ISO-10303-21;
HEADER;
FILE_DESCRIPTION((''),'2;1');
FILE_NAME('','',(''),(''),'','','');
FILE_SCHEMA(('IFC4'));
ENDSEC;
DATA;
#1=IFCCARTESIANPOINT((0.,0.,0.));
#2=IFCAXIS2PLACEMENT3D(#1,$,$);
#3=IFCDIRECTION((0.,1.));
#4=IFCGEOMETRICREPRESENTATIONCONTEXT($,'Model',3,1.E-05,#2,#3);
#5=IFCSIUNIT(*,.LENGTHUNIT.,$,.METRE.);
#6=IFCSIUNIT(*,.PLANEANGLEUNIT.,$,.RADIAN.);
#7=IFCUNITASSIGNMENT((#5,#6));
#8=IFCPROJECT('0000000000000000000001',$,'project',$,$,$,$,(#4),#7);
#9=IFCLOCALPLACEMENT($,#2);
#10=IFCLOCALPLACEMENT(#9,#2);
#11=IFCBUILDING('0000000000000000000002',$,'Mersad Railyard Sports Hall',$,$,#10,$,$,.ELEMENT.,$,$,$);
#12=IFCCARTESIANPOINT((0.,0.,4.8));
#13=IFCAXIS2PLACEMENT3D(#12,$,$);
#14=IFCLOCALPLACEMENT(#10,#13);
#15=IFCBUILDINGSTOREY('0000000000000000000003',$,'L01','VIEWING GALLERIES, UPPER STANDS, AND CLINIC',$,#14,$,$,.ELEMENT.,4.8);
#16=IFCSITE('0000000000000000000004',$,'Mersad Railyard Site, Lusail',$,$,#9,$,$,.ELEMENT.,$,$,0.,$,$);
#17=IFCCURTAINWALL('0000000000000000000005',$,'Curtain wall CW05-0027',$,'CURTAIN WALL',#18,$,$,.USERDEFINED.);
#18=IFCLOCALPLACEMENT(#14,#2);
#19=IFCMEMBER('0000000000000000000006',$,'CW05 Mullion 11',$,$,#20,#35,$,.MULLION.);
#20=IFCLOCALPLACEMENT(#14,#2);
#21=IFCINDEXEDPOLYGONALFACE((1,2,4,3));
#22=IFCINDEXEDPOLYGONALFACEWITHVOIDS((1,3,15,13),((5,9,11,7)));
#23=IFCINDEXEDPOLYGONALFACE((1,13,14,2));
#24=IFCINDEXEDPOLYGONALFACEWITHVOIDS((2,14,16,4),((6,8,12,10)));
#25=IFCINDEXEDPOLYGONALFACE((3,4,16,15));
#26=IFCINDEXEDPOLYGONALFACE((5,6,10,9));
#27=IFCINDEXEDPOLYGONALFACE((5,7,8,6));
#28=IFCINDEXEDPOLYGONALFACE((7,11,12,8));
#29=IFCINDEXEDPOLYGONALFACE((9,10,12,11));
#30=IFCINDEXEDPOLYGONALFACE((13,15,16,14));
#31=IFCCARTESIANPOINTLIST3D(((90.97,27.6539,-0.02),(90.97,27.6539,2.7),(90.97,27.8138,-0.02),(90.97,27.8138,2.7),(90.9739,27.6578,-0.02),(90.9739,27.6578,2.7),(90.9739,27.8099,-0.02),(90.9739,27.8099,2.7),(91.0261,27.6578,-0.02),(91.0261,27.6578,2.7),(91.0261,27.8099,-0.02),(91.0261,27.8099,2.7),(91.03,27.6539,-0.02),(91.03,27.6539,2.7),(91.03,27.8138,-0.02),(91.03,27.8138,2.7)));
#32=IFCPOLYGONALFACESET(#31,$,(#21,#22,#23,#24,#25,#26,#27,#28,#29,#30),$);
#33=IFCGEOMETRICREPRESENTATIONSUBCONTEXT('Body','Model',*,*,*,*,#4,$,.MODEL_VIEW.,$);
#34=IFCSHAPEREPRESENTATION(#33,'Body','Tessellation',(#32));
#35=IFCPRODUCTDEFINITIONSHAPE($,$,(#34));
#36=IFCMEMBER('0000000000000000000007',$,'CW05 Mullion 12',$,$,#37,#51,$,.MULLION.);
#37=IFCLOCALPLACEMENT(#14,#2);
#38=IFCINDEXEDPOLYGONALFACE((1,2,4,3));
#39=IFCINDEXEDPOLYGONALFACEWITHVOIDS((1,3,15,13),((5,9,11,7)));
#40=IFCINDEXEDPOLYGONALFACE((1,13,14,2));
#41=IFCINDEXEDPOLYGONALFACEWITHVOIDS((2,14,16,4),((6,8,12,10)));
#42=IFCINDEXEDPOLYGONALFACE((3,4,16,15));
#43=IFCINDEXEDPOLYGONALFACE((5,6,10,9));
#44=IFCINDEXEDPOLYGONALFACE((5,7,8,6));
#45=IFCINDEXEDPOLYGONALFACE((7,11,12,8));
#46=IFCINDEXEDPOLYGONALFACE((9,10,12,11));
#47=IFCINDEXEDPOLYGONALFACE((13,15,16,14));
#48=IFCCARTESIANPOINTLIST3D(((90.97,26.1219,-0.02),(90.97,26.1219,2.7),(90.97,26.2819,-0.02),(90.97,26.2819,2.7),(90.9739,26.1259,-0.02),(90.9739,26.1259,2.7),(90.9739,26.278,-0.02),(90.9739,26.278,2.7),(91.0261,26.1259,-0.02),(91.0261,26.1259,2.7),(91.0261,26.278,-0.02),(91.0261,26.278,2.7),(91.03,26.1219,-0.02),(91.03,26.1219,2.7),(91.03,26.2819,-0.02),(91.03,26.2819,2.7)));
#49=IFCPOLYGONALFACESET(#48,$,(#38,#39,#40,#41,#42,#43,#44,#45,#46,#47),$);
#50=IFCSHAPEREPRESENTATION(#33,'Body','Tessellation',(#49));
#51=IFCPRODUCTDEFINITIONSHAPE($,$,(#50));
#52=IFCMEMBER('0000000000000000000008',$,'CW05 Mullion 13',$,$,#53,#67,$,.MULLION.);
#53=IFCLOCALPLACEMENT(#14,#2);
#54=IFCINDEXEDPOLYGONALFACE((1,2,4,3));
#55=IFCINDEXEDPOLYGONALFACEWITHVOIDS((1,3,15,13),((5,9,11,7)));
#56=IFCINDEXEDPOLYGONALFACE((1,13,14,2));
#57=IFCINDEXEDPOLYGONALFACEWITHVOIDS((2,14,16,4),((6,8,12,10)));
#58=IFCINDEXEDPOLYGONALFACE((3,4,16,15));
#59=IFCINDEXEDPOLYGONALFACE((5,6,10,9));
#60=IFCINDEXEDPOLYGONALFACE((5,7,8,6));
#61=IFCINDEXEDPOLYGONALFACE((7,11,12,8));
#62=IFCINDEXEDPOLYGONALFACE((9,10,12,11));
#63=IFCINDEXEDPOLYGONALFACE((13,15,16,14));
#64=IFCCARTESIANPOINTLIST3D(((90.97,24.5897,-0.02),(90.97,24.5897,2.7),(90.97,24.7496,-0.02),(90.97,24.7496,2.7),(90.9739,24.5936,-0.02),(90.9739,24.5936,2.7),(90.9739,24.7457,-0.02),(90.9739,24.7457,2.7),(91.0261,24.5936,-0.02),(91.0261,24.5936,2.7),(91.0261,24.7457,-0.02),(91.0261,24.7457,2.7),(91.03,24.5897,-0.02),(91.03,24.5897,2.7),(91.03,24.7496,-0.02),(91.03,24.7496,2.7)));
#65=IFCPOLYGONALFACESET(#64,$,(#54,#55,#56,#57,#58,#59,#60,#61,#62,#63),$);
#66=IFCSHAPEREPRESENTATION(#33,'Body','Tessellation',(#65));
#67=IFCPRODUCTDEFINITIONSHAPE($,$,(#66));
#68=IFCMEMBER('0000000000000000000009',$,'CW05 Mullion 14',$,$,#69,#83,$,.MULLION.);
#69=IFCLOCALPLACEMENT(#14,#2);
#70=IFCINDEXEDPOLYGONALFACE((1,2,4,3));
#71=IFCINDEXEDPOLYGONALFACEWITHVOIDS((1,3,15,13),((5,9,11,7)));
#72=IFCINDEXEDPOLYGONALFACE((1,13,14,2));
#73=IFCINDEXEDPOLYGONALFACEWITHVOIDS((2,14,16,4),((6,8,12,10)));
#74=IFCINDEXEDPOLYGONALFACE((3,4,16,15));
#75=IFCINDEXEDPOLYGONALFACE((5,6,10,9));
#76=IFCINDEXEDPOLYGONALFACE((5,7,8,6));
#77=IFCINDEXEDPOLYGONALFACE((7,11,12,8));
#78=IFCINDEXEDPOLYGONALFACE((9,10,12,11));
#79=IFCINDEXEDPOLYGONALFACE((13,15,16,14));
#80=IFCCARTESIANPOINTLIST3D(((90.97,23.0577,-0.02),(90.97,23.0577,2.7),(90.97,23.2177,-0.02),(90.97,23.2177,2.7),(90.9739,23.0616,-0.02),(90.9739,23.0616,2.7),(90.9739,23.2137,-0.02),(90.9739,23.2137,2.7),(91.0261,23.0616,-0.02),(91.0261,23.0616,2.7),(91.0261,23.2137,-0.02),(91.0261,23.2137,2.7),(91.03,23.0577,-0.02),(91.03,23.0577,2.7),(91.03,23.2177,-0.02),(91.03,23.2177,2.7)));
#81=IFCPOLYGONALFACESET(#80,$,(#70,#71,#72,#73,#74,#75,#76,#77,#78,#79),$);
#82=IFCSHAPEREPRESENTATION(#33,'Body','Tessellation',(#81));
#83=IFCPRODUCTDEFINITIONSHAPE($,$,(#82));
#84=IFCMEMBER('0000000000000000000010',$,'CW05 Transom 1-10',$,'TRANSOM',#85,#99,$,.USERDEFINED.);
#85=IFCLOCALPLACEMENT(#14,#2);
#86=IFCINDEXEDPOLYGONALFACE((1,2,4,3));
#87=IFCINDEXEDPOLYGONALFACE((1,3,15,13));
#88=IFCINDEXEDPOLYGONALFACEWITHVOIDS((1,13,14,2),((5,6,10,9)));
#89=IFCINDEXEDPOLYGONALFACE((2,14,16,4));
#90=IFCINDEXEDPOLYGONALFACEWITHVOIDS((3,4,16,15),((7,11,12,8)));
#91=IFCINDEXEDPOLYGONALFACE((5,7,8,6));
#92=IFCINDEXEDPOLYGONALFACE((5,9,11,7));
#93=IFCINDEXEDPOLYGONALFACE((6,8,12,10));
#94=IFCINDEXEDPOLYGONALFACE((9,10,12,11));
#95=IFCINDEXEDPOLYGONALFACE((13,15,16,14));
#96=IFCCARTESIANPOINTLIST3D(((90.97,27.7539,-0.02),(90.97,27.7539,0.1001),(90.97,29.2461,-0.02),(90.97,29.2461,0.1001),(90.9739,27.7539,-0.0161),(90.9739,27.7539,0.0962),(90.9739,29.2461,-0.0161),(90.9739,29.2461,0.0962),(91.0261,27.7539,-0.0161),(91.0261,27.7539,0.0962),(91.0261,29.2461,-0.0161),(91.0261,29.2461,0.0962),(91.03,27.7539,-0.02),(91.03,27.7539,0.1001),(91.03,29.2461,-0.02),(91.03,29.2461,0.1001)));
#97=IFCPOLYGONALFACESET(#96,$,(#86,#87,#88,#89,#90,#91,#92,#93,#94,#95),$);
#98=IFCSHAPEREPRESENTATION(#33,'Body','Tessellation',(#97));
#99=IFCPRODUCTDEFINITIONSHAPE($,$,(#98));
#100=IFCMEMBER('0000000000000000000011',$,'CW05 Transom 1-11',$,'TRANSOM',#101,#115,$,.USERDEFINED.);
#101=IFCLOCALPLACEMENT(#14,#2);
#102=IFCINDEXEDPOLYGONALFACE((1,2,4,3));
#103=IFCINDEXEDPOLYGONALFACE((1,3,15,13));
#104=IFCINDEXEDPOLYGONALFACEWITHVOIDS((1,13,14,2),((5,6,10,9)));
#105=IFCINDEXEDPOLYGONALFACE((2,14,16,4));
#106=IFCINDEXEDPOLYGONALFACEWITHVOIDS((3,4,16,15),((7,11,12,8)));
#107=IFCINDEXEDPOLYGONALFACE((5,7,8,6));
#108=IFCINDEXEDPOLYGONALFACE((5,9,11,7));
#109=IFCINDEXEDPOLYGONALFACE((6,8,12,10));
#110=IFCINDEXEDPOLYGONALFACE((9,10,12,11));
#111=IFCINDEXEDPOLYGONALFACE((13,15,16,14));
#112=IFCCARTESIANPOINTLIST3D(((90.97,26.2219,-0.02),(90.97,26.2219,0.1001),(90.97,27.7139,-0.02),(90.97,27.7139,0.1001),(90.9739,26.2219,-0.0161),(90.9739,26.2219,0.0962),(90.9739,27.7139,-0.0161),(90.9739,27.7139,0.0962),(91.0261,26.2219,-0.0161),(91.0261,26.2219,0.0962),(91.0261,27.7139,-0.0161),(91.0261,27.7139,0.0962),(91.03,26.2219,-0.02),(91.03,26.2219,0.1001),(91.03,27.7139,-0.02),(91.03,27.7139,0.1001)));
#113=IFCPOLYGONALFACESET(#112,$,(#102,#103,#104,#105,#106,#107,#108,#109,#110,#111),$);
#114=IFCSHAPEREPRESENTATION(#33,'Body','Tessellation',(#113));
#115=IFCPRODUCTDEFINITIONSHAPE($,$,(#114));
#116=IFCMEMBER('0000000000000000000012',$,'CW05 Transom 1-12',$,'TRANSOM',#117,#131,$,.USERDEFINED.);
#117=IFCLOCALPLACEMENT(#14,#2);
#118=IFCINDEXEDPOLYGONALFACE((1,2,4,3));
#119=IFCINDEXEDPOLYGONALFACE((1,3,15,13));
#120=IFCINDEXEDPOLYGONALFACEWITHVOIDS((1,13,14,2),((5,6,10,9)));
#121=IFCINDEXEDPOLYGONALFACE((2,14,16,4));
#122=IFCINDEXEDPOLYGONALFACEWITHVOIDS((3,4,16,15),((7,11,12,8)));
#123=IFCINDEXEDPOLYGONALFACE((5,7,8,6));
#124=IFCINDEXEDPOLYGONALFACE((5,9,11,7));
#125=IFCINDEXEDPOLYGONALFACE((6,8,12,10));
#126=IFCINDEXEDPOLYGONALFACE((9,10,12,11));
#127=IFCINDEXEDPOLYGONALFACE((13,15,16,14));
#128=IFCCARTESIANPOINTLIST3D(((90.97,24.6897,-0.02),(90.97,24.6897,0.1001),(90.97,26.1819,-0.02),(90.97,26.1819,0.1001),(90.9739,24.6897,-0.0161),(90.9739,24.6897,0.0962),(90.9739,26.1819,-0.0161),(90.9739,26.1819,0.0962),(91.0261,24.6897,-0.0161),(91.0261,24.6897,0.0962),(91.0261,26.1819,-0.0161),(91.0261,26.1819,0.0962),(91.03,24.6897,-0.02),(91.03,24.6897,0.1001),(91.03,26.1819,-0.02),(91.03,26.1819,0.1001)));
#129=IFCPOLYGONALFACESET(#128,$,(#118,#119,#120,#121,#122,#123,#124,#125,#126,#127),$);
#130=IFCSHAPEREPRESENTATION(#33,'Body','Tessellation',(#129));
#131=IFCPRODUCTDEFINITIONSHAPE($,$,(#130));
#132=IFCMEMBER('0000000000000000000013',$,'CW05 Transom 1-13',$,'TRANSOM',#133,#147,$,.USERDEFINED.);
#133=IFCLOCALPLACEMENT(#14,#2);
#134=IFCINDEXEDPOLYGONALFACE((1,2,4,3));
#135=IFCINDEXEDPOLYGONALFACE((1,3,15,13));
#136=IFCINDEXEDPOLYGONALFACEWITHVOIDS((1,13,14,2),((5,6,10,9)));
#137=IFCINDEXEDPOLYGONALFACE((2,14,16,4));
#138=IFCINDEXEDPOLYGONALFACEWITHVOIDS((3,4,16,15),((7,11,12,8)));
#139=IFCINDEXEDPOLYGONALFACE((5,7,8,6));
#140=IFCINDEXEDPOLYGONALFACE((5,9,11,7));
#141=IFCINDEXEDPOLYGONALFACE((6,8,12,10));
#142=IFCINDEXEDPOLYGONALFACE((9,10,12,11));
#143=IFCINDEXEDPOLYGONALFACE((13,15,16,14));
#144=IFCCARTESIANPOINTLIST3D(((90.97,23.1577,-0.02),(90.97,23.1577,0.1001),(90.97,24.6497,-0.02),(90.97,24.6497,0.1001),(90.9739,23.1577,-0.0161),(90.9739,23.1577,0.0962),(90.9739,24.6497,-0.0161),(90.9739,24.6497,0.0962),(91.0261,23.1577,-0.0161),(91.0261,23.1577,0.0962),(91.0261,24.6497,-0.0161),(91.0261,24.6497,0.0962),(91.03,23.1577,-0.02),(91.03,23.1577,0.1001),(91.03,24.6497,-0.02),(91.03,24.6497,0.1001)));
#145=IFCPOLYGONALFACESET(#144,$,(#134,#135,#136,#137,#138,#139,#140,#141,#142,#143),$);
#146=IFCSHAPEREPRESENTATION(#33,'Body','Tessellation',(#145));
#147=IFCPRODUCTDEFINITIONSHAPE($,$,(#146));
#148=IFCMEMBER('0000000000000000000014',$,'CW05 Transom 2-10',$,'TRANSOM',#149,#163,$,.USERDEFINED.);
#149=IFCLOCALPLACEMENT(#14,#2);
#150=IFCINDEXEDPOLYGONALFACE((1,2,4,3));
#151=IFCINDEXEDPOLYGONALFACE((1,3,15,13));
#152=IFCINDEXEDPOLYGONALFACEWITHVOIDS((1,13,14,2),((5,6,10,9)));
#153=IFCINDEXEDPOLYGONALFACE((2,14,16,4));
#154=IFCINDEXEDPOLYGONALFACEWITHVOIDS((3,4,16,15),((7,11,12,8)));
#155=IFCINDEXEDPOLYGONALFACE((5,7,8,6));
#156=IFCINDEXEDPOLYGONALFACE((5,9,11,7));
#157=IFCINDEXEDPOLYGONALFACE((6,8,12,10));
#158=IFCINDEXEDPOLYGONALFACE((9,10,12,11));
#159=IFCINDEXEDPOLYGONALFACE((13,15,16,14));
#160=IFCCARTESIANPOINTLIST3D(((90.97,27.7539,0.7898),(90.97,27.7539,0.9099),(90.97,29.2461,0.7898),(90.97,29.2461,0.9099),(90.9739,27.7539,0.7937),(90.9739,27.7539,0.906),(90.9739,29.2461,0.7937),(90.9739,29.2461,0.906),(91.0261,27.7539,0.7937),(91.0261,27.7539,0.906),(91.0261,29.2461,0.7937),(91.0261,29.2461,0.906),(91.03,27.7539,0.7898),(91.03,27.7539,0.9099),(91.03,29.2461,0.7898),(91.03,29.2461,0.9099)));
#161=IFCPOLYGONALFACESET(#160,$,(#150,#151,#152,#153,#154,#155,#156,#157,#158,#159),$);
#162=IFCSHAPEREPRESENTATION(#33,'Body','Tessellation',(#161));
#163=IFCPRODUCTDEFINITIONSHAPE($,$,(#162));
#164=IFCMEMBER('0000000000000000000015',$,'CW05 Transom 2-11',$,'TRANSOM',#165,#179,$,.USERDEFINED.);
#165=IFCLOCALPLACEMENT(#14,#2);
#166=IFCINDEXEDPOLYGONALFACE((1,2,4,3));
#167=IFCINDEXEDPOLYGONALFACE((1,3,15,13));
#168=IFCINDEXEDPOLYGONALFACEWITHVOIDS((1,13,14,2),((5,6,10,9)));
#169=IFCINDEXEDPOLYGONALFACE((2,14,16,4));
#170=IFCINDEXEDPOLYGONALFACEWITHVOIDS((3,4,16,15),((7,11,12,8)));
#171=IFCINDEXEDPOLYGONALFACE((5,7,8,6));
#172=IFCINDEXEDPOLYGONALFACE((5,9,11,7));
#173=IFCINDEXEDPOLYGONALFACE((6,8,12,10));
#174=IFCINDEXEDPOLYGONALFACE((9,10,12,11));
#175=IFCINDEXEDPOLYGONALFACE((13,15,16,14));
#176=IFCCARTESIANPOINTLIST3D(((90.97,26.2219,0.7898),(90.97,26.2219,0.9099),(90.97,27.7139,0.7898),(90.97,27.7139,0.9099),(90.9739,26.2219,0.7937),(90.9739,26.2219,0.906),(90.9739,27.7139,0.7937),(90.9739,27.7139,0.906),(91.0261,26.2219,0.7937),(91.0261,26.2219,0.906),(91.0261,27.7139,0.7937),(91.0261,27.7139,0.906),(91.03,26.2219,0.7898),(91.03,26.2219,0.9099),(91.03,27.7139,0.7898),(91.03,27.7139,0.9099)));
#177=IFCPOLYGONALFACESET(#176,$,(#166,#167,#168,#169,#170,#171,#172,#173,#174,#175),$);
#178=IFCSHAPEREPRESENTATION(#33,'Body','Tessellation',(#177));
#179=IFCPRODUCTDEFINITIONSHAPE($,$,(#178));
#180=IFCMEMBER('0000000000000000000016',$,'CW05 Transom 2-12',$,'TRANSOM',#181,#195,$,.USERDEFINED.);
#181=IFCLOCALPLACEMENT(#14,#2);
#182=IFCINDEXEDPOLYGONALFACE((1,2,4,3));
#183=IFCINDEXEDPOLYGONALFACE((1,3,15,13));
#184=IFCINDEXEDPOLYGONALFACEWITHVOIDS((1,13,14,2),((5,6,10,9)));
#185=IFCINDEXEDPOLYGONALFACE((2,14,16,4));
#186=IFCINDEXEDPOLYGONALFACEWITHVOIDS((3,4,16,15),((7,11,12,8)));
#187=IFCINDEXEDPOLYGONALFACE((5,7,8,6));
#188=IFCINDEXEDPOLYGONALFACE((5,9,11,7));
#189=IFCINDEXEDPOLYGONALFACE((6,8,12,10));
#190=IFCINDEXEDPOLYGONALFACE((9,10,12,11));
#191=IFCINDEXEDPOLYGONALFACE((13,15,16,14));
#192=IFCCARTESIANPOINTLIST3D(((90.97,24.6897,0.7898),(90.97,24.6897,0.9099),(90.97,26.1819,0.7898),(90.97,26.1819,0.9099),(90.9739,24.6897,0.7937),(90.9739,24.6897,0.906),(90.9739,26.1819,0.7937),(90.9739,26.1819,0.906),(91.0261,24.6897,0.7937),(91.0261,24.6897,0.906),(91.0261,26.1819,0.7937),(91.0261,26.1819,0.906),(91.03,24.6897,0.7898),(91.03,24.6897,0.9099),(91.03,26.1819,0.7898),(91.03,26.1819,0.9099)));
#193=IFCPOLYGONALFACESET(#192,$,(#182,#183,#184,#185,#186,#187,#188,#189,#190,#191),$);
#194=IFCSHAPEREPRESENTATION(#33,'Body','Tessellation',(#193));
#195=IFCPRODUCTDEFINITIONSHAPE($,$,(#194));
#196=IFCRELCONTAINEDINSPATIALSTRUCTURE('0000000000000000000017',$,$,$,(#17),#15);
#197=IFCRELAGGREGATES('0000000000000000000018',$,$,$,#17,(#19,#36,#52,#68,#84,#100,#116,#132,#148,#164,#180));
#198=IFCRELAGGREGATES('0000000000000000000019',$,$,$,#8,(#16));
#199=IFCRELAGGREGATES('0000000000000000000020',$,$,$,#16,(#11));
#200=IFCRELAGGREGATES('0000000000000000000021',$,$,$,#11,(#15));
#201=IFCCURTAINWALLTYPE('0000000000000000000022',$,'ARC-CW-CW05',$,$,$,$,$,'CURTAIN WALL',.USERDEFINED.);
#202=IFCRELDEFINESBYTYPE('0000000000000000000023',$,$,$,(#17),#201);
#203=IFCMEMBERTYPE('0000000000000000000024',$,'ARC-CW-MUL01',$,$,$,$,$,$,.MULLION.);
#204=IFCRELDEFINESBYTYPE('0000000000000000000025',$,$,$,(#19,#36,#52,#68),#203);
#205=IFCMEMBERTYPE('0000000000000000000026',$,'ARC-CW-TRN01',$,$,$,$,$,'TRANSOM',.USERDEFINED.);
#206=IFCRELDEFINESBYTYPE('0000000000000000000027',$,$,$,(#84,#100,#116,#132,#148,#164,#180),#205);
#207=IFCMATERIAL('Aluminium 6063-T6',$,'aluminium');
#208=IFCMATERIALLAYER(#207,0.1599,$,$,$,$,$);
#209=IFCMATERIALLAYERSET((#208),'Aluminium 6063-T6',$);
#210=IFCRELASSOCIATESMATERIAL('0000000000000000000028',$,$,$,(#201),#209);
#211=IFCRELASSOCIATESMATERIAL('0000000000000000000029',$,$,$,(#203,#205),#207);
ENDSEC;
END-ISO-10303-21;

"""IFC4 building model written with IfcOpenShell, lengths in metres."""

from ifc_helpers import new_model, si_unit, direction, frame, origin, origin_2d, place, context, subcontext, project, spatial, hollow_rectangle, extrude, material, layer, layer_set, material_profile, profile_set, type_object, element, aggregate, save


model = new_model("IFC4")

# Units and contexts
model_context = context("Model", 3, precision=1e-05, world=origin(), true_north=direction((0.0, 1.0)))
body_context = subcontext(model_context, "Body", "Model", "MODEL_VIEW")
ifc_project = project(units=[si_unit("LENGTHUNIT", "METRE"), si_unit("PLANEANGLEUNIT", "RADIAN")], contexts=[model_context])

# Site, building, storey
site_placement = place(None, origin())
site = spatial("IfcSite", under=ifc_project, at=site_placement, Name="Mersad Railyard Site, Lusail", CompositionType="ELEMENT", RefElevation=0.0)
building_placement = place(site_placement, origin())
building = spatial("IfcBuilding", under=site, at=building_placement, Name="Mersad Railyard Sports Hall", CompositionType="ELEMENT")
storey_placement = place(building_placement, frame((0.0, 0.0, 4.8)))
storey = spatial("IfcBuildingStorey", under=building, at=storey_placement, Name="L01", Description="VIEWING GALLERIES, UPPER STANDS, AND CLINIC", CompositionType="ELEMENT", Elevation=4.8)

# Curtain wall, members
ifc_material_1 = material(Name="Aluminium 6063-T6", Category="aluminium")
ifc_layer_1 = layer(ifc_material_1, 0.1599)
ifc_layer_set_1 = layer_set([ifc_layer_1], Name="Aluminium 6063-T6")
curtain_wall_type = type_object("IfcCurtainWallType", Name="ARC-CW-CW05", ElementType="CURTAIN WALL", PredefinedType="USERDEFINED", material=ifc_layer_set_1)
curtain_wall_placement = place(storey_placement, origin())
curtain_wall = element("IfcCurtainWall", 1, at=curtain_wall_placement, inside=storey, type_object=curtain_wall_type, Name="Curtain wall CW05-0027", ObjectType="CURTAIN WALL", PredefinedType="USERDEFINED")
ifc_material_profile_1 = material_profile(ifc_material_1, hollow_rectangle(XDim=0.0601, YDim=0.1599, WallThickness=0.0039, at=origin_2d()), Name="AL MULLION 60x160x4")
ifc_profile_set_1 = profile_set([ifc_material_profile_1], Name="Aluminium 6063-T6")
member_type_1 = type_object("IfcMemberType", Name="ARC-CW-MUL01", PredefinedType="MULLION", material=ifc_profile_set_1)
member_1_placement = place(storey_placement, frame((91.0, 27.7339, -0.02), z_axis=(0.0, 0.0, 1.0), x_axis=(1.0, 0.0, 0.0)))
member_1 = element("IfcMember", 2, at=member_1_placement, type_object=member_type_1, Name="CW05 Mullion 11", PredefinedType="MULLION", context=body_context, shape_type="SweptSolid", body=[
    extrude(hollow_rectangle(XDim=0.0601, YDim=0.1599, WallThickness=0.0039, at=origin_2d()), origin(), (0.0, 0.0, 1.0), 2.72),
])
member_2_placement = place(storey_placement, frame((91.0, 26.2019, -0.02), z_axis=(0.0, 0.0, 1.0), x_axis=(1.0, 0.0, 0.0)))
member_2 = element("IfcMember", 3, at=member_2_placement, type_object=member_type_1, Name="CW05 Mullion 12", PredefinedType="MULLION", context=body_context, shape_type="SweptSolid", body=[
    extrude(hollow_rectangle(XDim=0.0601, YDim=0.1599, WallThickness=0.0039, at=origin_2d()), origin(), (0.0, 0.0, 1.0), 2.72),
])
member_3_placement = place(storey_placement, frame((91.0, 24.6697, -0.02), z_axis=(0.0, 0.0, 1.0), x_axis=(1.0, 0.0, 0.0)))
member_3 = element("IfcMember", 4, at=member_3_placement, type_object=member_type_1, Name="CW05 Mullion 13", PredefinedType="MULLION", context=body_context, shape_type="SweptSolid", body=[
    extrude(hollow_rectangle(XDim=0.0601, YDim=0.1599, WallThickness=0.0039, at=origin_2d()), origin(), (0.0, 0.0, 1.0), 2.72),
])
member_4_placement = place(storey_placement, frame((91.0, 23.1377, -0.02), z_axis=(0.0, 0.0, 1.0), x_axis=(1.0, 0.0, 0.0)))
member_4 = element("IfcMember", 5, at=member_4_placement, type_object=member_type_1, Name="CW05 Mullion 14", PredefinedType="MULLION", context=body_context, shape_type="SweptSolid", body=[
    extrude(hollow_rectangle(XDim=0.0601, YDim=0.1599, WallThickness=0.0039, at=origin_2d()), origin(), (0.0, 0.0, 1.0), 2.72),
])
ifc_material_profile_2 = material_profile(ifc_material_1, hollow_rectangle(XDim=0.0601, YDim=0.1201, WallThickness=0.0039, at=origin_2d()), Name="AL TRANSOM 60x120x4")
ifc_profile_set_2 = profile_set([ifc_material_profile_2], Name="Aluminium 6063-T6")
member_type_2 = type_object("IfcMemberType", Name="ARC-CW-TRN01", ElementType="TRANSOM", PredefinedType="USERDEFINED", material=ifc_profile_set_2)
member_5_placement = place(storey_placement, frame((91.0, 29.2461, 0.04), z_axis=(0.0, -1.0, 0.0), x_axis=(1.0, 0.0, 0.0)))
member_5 = element("IfcMember", 6, at=member_5_placement, type_object=member_type_2, Name="CW05 Transom 1-10", ObjectType="TRANSOM", PredefinedType="USERDEFINED", context=body_context, shape_type="SweptSolid", body=[
    extrude(hollow_rectangle(XDim=0.0601, YDim=0.1201, WallThickness=0.0039, at=origin_2d()), origin(), (0.0, 0.0, 1.0), 1.4922),
])
member_6_placement = place(storey_placement, frame((91.0, 27.7139, 0.04), z_axis=(0.0, -1.0, 0.0), x_axis=(1.0, 0.0, 0.0)))
member_6 = element("IfcMember", 7, at=member_6_placement, type_object=member_type_2, Name="CW05 Transom 1-11", ObjectType="TRANSOM", PredefinedType="USERDEFINED", context=body_context, shape_type="SweptSolid", body=[
    extrude(hollow_rectangle(XDim=0.0601, YDim=0.1201, WallThickness=0.0039, at=origin_2d()), origin(), (0.0, 0.0, 1.0), 1.4919),
])
member_7_placement = place(storey_placement, frame((91.0, 26.1819, 0.04), z_axis=(0.0, -1.0, 0.0), x_axis=(1.0, 0.0, 0.0)))
member_7 = element("IfcMember", 8, at=member_7_placement, type_object=member_type_2, Name="CW05 Transom 1-12", ObjectType="TRANSOM", PredefinedType="USERDEFINED", context=body_context, shape_type="SweptSolid", body=[
    extrude(hollow_rectangle(XDim=0.0601, YDim=0.1201, WallThickness=0.0039, at=origin_2d()), origin(), (0.0, 0.0, 1.0), 1.4922),
])
member_8_placement = place(storey_placement, frame((91.0, 24.6497, 0.04), z_axis=(0.0, -1.0, 0.0), x_axis=(1.0, 0.0, 0.0)))
member_8 = element("IfcMember", 9, at=member_8_placement, type_object=member_type_2, Name="CW05 Transom 1-13", ObjectType="TRANSOM", PredefinedType="USERDEFINED", context=body_context, shape_type="SweptSolid", body=[
    extrude(hollow_rectangle(XDim=0.0601, YDim=0.1201, WallThickness=0.0039, at=origin_2d()), origin(), (0.0, 0.0, 1.0), 1.4919),
])
member_9_placement = place(storey_placement, frame((91.0, 29.2461, 0.8499), z_axis=(0.0, -1.0, 0.0), x_axis=(1.0, 0.0, 0.0)))
member_9 = element("IfcMember", 10, at=member_9_placement, type_object=member_type_2, Name="CW05 Transom 2-10", ObjectType="TRANSOM", PredefinedType="USERDEFINED", context=body_context, shape_type="SweptSolid", body=[
    extrude(hollow_rectangle(XDim=0.0601, YDim=0.1201, WallThickness=0.0039, at=origin_2d()), origin(), (0.0, 0.0, 1.0), 1.4922),
])
member_10_placement = place(storey_placement, frame((91.0, 27.7139, 0.8499), z_axis=(0.0, -1.0, 0.0), x_axis=(1.0, 0.0, 0.0)))
member_10 = element("IfcMember", 11, at=member_10_placement, type_object=member_type_2, Name="CW05 Transom 2-11", ObjectType="TRANSOM", PredefinedType="USERDEFINED", context=body_context, shape_type="SweptSolid", body=[
    extrude(hollow_rectangle(XDim=0.0601, YDim=0.1201, WallThickness=0.0039, at=origin_2d()), origin(), (0.0, 0.0, 1.0), 1.4919),
])
member_11_placement = place(storey_placement, frame((91.0, 26.1819, 0.8499), z_axis=(0.0, -1.0, 0.0), x_axis=(1.0, 0.0, 0.0)))
member_11 = element("IfcMember", 12, at=member_11_placement, type_object=member_type_2, Name="CW05 Transom 2-12", ObjectType="TRANSOM", PredefinedType="USERDEFINED", context=body_context, shape_type="SweptSolid", body=[
    extrude(hollow_rectangle(XDim=0.0601, YDim=0.1201, WallThickness=0.0039, at=origin_2d()), origin(), (0.0, 0.0, 1.0), 1.4922),
])

aggregate(curtain_wall, [member_1, member_2, member_3, member_4, member_5, member_6, member_7, member_8, member_9, member_10, member_11])

save(model, "model.ifc")
